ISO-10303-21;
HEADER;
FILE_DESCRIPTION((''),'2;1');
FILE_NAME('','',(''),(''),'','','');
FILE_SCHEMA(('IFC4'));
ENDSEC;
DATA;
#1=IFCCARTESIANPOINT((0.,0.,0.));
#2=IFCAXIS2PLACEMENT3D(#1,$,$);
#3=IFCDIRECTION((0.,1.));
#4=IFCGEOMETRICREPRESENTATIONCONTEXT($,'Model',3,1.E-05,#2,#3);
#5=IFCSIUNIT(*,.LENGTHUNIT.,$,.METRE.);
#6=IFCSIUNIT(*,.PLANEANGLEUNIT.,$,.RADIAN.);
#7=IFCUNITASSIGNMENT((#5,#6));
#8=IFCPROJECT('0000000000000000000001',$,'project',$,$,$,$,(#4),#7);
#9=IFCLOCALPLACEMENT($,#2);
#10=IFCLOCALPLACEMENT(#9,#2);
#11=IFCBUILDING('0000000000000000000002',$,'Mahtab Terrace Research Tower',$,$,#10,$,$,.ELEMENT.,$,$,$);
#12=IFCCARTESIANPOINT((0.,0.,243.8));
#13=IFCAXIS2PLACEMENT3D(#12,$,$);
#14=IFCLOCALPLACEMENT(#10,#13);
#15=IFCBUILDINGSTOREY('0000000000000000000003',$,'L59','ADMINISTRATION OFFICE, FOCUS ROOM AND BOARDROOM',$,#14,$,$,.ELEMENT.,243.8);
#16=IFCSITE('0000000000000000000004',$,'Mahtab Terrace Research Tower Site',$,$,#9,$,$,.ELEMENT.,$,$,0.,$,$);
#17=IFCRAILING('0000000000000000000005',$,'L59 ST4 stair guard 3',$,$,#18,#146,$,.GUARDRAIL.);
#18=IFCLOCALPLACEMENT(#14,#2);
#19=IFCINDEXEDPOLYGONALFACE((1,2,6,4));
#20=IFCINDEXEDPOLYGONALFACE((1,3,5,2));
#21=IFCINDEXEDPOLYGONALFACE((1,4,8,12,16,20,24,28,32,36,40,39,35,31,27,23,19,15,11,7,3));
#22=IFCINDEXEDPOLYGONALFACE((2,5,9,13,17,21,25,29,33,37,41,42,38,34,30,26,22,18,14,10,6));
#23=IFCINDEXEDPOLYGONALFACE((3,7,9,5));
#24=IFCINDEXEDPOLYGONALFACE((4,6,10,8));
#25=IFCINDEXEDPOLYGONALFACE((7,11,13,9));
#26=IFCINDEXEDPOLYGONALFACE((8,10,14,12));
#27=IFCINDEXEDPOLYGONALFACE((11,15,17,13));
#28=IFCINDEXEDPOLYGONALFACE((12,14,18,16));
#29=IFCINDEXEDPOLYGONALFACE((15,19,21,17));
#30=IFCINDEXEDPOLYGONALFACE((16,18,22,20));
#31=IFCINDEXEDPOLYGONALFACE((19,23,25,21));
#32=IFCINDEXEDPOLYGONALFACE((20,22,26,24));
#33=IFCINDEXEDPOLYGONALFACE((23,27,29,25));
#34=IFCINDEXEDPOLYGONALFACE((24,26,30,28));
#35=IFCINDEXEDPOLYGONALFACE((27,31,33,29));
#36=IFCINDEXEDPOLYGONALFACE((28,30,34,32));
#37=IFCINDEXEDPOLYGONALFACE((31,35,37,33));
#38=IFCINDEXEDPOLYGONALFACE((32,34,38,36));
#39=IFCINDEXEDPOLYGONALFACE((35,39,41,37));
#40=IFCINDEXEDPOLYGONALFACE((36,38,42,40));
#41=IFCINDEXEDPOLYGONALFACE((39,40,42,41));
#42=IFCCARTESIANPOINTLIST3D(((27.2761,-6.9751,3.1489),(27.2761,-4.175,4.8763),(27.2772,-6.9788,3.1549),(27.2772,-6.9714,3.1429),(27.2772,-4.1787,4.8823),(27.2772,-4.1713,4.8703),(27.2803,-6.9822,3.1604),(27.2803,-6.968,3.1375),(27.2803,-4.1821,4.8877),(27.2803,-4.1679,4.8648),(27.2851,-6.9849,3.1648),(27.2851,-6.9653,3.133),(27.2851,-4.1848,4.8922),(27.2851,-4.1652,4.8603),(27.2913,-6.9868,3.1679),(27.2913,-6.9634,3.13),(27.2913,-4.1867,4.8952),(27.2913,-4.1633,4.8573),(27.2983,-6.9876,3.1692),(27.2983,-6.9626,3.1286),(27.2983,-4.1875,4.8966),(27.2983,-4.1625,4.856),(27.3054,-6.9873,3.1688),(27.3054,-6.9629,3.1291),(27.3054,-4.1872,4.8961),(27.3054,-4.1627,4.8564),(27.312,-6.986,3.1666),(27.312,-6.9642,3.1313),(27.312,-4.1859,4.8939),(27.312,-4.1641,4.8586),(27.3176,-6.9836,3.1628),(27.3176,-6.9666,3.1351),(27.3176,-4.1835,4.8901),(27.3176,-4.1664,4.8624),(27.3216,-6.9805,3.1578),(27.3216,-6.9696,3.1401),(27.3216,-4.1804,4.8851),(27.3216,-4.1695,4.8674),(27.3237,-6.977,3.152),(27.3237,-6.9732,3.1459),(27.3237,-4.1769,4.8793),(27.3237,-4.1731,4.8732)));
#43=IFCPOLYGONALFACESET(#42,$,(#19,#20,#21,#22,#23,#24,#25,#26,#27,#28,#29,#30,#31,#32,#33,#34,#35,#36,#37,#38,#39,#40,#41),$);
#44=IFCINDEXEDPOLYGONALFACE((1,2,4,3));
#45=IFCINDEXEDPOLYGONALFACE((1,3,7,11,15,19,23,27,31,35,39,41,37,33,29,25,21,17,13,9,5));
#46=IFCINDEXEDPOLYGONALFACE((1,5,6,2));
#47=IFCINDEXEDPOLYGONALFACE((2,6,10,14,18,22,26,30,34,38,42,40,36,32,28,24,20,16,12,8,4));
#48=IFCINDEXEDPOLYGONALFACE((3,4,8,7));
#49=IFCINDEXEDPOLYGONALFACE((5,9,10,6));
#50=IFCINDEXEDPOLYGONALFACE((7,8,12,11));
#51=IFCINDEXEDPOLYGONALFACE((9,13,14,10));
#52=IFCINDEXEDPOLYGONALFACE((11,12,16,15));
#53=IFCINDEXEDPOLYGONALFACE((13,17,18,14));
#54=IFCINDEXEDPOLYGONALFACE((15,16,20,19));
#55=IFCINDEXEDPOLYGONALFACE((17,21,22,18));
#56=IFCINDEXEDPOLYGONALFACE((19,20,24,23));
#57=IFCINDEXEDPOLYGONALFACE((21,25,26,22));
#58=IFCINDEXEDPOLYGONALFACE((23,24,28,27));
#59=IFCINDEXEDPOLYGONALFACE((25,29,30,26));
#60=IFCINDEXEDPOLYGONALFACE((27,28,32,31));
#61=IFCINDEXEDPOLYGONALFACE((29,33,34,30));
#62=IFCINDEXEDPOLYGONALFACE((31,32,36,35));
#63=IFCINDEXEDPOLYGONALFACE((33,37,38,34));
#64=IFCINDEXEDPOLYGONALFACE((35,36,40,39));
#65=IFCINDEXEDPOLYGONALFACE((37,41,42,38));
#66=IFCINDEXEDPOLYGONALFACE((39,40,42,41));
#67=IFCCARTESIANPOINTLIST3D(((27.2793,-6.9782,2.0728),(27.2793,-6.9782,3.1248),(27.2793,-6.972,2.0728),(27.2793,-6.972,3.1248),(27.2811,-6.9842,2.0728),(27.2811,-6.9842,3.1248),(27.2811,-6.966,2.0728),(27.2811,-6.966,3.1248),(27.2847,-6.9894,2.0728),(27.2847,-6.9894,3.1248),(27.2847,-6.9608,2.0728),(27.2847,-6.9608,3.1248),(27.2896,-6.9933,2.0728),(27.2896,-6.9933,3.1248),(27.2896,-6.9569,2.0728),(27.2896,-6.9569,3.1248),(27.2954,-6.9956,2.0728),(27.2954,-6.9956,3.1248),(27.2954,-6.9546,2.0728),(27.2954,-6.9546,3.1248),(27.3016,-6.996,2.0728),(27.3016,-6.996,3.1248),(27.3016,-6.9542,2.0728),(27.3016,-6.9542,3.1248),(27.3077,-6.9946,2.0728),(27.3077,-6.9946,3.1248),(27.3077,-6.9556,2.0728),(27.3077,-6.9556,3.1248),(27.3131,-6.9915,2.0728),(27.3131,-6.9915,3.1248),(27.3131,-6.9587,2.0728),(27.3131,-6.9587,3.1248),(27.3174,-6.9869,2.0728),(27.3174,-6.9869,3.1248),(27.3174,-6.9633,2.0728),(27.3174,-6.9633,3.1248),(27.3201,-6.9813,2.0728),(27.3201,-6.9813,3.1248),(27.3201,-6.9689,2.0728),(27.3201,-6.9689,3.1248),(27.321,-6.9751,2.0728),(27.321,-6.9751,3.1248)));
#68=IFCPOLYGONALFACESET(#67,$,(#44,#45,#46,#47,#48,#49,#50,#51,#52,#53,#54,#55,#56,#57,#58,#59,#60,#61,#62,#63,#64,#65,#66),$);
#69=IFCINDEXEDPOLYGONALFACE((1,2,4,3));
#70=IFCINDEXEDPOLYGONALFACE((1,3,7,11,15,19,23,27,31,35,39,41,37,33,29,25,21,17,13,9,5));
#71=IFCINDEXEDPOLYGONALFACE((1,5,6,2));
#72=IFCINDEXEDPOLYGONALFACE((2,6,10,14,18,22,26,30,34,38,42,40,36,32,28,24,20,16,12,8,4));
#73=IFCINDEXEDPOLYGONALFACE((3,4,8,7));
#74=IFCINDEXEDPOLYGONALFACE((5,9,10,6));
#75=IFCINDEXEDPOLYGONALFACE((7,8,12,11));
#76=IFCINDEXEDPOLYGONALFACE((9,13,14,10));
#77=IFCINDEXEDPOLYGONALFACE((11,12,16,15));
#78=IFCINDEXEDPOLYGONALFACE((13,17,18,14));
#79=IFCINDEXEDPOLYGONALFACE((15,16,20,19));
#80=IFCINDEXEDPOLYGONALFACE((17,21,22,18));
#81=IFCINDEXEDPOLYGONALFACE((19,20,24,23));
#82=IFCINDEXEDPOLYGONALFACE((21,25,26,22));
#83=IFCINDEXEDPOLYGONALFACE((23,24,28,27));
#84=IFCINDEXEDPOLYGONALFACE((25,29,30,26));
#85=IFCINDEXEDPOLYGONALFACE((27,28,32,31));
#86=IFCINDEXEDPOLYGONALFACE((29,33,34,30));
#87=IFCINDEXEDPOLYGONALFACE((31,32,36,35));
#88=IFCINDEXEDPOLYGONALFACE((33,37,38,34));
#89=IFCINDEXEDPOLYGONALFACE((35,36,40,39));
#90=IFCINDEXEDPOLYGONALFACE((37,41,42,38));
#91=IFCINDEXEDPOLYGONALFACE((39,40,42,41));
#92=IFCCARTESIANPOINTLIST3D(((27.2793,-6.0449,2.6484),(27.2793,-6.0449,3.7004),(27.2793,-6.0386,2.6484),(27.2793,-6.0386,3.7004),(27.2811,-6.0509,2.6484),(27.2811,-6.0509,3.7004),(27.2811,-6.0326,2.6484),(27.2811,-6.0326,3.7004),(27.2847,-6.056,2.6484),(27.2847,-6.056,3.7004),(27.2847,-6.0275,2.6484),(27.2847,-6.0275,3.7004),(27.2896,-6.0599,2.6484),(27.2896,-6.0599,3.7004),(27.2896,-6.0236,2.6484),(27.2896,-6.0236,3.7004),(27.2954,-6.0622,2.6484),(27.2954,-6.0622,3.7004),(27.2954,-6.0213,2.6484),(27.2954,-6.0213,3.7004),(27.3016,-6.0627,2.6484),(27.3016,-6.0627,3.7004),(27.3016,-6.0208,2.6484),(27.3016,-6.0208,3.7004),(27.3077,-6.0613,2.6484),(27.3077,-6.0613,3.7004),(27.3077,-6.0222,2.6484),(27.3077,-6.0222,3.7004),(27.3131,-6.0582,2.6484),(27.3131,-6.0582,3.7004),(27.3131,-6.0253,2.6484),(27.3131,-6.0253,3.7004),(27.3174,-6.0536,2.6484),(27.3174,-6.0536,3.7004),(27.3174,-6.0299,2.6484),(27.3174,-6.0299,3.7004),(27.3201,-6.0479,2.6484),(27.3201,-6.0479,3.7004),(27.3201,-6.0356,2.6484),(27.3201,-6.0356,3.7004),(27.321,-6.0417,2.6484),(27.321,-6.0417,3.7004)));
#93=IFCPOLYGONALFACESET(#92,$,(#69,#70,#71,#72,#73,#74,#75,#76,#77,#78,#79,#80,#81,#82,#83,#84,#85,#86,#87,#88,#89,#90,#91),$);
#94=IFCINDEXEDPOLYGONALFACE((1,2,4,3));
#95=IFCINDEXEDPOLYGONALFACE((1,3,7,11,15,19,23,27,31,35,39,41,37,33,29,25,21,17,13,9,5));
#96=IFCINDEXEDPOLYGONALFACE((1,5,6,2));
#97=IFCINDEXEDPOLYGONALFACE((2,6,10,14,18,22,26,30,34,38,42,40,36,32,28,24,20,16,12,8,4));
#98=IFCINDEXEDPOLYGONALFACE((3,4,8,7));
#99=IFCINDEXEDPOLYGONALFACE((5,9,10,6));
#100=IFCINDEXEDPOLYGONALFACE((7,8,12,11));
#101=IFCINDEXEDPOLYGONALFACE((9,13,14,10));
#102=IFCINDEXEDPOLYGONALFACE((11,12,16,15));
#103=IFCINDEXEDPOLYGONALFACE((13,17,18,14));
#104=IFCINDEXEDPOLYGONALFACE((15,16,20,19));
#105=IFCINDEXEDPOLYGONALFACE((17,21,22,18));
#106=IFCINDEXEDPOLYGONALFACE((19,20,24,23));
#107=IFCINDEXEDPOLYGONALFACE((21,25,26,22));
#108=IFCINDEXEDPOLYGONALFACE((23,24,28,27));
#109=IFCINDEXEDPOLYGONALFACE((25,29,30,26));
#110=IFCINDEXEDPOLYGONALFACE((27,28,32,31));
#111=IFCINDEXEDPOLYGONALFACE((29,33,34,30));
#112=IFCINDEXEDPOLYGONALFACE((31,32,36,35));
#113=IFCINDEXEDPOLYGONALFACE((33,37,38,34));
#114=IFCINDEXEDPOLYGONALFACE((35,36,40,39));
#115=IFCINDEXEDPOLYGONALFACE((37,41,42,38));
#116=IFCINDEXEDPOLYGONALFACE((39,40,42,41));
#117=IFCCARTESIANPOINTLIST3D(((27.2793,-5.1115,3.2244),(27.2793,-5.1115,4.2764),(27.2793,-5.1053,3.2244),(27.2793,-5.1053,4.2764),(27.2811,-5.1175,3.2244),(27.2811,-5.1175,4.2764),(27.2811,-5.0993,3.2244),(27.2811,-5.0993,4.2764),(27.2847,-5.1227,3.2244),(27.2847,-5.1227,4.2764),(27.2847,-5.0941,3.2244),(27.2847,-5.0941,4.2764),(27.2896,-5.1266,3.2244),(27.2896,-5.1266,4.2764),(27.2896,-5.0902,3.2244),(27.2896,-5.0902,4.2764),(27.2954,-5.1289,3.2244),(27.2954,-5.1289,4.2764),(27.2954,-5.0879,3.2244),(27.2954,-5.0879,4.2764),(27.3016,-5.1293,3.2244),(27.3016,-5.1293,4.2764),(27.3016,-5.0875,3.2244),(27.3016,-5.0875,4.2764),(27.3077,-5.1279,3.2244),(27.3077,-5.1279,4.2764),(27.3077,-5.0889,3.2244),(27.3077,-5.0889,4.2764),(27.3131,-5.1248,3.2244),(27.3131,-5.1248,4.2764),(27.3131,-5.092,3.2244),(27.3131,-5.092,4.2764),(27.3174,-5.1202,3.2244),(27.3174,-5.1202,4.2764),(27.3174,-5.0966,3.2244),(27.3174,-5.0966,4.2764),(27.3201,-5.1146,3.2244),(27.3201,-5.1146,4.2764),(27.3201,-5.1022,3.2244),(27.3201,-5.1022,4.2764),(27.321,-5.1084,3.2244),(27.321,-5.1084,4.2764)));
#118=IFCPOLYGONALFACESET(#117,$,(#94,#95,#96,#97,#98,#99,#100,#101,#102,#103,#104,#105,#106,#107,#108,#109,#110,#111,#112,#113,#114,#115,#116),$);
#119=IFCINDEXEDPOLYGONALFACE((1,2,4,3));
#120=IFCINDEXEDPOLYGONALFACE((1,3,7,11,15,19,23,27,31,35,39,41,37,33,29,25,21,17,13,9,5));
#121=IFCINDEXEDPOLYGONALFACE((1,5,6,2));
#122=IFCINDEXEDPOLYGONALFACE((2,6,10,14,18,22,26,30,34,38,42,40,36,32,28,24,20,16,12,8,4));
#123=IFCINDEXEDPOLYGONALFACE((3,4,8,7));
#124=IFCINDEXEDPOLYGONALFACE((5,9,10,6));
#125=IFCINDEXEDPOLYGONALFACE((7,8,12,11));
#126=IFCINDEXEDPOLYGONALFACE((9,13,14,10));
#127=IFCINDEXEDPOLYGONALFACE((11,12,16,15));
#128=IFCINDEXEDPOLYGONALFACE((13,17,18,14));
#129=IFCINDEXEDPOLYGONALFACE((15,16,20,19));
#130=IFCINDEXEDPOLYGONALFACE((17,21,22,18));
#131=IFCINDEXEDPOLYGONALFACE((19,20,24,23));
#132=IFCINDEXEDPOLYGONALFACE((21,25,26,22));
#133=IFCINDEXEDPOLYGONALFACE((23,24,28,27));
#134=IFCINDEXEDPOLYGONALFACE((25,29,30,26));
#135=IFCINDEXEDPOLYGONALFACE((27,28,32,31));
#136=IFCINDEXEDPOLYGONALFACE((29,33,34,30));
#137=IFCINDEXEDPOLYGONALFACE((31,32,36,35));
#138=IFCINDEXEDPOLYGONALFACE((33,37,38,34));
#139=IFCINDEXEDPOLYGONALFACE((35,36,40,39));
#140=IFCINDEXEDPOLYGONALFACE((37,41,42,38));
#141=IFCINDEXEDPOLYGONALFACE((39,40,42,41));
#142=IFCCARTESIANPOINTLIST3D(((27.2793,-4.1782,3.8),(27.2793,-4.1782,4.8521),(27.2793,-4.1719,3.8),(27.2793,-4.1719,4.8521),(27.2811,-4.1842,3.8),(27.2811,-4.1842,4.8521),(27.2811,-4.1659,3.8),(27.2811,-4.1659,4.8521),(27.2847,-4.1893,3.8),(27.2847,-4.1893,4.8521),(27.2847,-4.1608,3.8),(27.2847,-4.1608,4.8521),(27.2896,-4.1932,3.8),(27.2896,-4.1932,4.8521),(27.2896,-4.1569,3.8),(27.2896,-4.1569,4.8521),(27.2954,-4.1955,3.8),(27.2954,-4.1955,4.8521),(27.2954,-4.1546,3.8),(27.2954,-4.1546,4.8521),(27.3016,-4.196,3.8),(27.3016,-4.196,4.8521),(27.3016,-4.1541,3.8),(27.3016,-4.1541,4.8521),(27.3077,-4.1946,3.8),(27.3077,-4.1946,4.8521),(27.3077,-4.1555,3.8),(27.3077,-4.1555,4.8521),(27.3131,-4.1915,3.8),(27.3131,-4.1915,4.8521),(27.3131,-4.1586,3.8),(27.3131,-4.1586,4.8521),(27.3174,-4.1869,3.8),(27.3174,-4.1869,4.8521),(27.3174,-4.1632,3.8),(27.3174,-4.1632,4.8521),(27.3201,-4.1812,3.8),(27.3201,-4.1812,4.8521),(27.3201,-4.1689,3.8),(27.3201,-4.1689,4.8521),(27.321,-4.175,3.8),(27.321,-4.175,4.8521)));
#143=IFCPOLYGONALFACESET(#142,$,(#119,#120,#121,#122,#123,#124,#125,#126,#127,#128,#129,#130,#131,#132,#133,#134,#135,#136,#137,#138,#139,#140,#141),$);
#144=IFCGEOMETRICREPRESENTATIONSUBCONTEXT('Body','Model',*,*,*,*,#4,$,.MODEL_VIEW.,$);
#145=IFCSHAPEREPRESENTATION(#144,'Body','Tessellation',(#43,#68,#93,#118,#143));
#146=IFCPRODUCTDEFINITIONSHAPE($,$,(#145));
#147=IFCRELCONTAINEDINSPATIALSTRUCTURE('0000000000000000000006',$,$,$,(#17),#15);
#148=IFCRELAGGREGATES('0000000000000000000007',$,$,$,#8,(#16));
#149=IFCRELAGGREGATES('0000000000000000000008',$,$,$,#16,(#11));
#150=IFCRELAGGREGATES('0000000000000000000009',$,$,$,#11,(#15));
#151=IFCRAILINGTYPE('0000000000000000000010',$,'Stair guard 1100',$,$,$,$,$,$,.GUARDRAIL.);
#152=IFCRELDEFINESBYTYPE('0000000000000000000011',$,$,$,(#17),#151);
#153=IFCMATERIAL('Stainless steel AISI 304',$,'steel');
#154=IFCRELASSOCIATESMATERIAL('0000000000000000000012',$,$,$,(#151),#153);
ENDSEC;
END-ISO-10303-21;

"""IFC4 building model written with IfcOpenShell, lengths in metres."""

from ifc_helpers import new_model, si_unit, direction, frame, origin, origin_2d, place, context, subcontext, project, spatial, circle, extrude, material, type_object, element, save


model = new_model("IFC4")

# Units and contexts
model_context = context("Model", 3, precision=1e-05, world=origin(), true_north=direction((0.0, 1.0)))
body_context = subcontext(model_context, "Body", "Model", "MODEL_VIEW")
ifc_project = project(units=[si_unit("LENGTHUNIT", "METRE"), si_unit("PLANEANGLEUNIT", "RADIAN")], contexts=[model_context])

# Site, building, storey
site_placement = place(None, origin())
site = spatial("IfcSite", under=ifc_project, at=site_placement, Name="Mahtab Terrace Research Tower Site", CompositionType="ELEMENT", RefElevation=0.0)
building_placement = place(site_placement, origin())
building = spatial("IfcBuilding", under=site, at=building_placement, Name="Mahtab Terrace Research Tower", CompositionType="ELEMENT")
storey_placement = place(building_placement, frame((0.0, 0.0, 243.8)))
storey = spatial("IfcBuildingStorey", under=building, at=storey_placement, Name="L59", Description="ADMINISTRATION OFFICE, FOCUS ROOM AND BOARDROOM", CompositionType="ELEMENT", Elevation=243.8)

# Shared definitions
ifc_material_1 = material(Name="Stainless steel AISI 304", Category="steel")

# Railing
railing_type = type_object("IfcRailingType", Name="Stair guard 1100", PredefinedType="GUARDRAIL", material=ifc_material_1)
railing_1_placement = place(storey_placement, frame((27.3, -6.9751, 2.0728)))
element("IfcRailing", 1, at=railing_1_placement, inside=storey, type_object=railing_type, Name="L59 ST4 stair guard 3", PredefinedType="GUARDRAIL", context=body_context, shape_type="SweptSolid", body=[
    extrude(circle(Radius=0.0239, at=origin_2d()), frame((0.0, 0.0, 1.0762), z_axis=(0.0, 0.85109, 0.52502), x_axis=(-1.0, 0.0, 0.0)), (0.0, 0.0, 1.0), 3.29),
    extrude(circle(Radius=0.021, at=origin_2d()), origin(), (0.0, 0.0, 1.0), 1.052),
    extrude(circle(Radius=0.021, at=origin_2d()), frame((0.0, 0.9333, 0.5757)), (0.0, 0.0, 1.0), 1.052),
    extrude(circle(Radius=0.021, at=origin_2d()), frame((0.0, 1.8667, 1.1516)), (0.0, 0.0, 1.0), 1.052),
    extrude(circle(Radius=0.021, at=origin_2d()), frame((0.0, 2.8, 1.7273)), (0.0, 0.0, 1.0), 1.052),
])

save(model, "model.ifc")
